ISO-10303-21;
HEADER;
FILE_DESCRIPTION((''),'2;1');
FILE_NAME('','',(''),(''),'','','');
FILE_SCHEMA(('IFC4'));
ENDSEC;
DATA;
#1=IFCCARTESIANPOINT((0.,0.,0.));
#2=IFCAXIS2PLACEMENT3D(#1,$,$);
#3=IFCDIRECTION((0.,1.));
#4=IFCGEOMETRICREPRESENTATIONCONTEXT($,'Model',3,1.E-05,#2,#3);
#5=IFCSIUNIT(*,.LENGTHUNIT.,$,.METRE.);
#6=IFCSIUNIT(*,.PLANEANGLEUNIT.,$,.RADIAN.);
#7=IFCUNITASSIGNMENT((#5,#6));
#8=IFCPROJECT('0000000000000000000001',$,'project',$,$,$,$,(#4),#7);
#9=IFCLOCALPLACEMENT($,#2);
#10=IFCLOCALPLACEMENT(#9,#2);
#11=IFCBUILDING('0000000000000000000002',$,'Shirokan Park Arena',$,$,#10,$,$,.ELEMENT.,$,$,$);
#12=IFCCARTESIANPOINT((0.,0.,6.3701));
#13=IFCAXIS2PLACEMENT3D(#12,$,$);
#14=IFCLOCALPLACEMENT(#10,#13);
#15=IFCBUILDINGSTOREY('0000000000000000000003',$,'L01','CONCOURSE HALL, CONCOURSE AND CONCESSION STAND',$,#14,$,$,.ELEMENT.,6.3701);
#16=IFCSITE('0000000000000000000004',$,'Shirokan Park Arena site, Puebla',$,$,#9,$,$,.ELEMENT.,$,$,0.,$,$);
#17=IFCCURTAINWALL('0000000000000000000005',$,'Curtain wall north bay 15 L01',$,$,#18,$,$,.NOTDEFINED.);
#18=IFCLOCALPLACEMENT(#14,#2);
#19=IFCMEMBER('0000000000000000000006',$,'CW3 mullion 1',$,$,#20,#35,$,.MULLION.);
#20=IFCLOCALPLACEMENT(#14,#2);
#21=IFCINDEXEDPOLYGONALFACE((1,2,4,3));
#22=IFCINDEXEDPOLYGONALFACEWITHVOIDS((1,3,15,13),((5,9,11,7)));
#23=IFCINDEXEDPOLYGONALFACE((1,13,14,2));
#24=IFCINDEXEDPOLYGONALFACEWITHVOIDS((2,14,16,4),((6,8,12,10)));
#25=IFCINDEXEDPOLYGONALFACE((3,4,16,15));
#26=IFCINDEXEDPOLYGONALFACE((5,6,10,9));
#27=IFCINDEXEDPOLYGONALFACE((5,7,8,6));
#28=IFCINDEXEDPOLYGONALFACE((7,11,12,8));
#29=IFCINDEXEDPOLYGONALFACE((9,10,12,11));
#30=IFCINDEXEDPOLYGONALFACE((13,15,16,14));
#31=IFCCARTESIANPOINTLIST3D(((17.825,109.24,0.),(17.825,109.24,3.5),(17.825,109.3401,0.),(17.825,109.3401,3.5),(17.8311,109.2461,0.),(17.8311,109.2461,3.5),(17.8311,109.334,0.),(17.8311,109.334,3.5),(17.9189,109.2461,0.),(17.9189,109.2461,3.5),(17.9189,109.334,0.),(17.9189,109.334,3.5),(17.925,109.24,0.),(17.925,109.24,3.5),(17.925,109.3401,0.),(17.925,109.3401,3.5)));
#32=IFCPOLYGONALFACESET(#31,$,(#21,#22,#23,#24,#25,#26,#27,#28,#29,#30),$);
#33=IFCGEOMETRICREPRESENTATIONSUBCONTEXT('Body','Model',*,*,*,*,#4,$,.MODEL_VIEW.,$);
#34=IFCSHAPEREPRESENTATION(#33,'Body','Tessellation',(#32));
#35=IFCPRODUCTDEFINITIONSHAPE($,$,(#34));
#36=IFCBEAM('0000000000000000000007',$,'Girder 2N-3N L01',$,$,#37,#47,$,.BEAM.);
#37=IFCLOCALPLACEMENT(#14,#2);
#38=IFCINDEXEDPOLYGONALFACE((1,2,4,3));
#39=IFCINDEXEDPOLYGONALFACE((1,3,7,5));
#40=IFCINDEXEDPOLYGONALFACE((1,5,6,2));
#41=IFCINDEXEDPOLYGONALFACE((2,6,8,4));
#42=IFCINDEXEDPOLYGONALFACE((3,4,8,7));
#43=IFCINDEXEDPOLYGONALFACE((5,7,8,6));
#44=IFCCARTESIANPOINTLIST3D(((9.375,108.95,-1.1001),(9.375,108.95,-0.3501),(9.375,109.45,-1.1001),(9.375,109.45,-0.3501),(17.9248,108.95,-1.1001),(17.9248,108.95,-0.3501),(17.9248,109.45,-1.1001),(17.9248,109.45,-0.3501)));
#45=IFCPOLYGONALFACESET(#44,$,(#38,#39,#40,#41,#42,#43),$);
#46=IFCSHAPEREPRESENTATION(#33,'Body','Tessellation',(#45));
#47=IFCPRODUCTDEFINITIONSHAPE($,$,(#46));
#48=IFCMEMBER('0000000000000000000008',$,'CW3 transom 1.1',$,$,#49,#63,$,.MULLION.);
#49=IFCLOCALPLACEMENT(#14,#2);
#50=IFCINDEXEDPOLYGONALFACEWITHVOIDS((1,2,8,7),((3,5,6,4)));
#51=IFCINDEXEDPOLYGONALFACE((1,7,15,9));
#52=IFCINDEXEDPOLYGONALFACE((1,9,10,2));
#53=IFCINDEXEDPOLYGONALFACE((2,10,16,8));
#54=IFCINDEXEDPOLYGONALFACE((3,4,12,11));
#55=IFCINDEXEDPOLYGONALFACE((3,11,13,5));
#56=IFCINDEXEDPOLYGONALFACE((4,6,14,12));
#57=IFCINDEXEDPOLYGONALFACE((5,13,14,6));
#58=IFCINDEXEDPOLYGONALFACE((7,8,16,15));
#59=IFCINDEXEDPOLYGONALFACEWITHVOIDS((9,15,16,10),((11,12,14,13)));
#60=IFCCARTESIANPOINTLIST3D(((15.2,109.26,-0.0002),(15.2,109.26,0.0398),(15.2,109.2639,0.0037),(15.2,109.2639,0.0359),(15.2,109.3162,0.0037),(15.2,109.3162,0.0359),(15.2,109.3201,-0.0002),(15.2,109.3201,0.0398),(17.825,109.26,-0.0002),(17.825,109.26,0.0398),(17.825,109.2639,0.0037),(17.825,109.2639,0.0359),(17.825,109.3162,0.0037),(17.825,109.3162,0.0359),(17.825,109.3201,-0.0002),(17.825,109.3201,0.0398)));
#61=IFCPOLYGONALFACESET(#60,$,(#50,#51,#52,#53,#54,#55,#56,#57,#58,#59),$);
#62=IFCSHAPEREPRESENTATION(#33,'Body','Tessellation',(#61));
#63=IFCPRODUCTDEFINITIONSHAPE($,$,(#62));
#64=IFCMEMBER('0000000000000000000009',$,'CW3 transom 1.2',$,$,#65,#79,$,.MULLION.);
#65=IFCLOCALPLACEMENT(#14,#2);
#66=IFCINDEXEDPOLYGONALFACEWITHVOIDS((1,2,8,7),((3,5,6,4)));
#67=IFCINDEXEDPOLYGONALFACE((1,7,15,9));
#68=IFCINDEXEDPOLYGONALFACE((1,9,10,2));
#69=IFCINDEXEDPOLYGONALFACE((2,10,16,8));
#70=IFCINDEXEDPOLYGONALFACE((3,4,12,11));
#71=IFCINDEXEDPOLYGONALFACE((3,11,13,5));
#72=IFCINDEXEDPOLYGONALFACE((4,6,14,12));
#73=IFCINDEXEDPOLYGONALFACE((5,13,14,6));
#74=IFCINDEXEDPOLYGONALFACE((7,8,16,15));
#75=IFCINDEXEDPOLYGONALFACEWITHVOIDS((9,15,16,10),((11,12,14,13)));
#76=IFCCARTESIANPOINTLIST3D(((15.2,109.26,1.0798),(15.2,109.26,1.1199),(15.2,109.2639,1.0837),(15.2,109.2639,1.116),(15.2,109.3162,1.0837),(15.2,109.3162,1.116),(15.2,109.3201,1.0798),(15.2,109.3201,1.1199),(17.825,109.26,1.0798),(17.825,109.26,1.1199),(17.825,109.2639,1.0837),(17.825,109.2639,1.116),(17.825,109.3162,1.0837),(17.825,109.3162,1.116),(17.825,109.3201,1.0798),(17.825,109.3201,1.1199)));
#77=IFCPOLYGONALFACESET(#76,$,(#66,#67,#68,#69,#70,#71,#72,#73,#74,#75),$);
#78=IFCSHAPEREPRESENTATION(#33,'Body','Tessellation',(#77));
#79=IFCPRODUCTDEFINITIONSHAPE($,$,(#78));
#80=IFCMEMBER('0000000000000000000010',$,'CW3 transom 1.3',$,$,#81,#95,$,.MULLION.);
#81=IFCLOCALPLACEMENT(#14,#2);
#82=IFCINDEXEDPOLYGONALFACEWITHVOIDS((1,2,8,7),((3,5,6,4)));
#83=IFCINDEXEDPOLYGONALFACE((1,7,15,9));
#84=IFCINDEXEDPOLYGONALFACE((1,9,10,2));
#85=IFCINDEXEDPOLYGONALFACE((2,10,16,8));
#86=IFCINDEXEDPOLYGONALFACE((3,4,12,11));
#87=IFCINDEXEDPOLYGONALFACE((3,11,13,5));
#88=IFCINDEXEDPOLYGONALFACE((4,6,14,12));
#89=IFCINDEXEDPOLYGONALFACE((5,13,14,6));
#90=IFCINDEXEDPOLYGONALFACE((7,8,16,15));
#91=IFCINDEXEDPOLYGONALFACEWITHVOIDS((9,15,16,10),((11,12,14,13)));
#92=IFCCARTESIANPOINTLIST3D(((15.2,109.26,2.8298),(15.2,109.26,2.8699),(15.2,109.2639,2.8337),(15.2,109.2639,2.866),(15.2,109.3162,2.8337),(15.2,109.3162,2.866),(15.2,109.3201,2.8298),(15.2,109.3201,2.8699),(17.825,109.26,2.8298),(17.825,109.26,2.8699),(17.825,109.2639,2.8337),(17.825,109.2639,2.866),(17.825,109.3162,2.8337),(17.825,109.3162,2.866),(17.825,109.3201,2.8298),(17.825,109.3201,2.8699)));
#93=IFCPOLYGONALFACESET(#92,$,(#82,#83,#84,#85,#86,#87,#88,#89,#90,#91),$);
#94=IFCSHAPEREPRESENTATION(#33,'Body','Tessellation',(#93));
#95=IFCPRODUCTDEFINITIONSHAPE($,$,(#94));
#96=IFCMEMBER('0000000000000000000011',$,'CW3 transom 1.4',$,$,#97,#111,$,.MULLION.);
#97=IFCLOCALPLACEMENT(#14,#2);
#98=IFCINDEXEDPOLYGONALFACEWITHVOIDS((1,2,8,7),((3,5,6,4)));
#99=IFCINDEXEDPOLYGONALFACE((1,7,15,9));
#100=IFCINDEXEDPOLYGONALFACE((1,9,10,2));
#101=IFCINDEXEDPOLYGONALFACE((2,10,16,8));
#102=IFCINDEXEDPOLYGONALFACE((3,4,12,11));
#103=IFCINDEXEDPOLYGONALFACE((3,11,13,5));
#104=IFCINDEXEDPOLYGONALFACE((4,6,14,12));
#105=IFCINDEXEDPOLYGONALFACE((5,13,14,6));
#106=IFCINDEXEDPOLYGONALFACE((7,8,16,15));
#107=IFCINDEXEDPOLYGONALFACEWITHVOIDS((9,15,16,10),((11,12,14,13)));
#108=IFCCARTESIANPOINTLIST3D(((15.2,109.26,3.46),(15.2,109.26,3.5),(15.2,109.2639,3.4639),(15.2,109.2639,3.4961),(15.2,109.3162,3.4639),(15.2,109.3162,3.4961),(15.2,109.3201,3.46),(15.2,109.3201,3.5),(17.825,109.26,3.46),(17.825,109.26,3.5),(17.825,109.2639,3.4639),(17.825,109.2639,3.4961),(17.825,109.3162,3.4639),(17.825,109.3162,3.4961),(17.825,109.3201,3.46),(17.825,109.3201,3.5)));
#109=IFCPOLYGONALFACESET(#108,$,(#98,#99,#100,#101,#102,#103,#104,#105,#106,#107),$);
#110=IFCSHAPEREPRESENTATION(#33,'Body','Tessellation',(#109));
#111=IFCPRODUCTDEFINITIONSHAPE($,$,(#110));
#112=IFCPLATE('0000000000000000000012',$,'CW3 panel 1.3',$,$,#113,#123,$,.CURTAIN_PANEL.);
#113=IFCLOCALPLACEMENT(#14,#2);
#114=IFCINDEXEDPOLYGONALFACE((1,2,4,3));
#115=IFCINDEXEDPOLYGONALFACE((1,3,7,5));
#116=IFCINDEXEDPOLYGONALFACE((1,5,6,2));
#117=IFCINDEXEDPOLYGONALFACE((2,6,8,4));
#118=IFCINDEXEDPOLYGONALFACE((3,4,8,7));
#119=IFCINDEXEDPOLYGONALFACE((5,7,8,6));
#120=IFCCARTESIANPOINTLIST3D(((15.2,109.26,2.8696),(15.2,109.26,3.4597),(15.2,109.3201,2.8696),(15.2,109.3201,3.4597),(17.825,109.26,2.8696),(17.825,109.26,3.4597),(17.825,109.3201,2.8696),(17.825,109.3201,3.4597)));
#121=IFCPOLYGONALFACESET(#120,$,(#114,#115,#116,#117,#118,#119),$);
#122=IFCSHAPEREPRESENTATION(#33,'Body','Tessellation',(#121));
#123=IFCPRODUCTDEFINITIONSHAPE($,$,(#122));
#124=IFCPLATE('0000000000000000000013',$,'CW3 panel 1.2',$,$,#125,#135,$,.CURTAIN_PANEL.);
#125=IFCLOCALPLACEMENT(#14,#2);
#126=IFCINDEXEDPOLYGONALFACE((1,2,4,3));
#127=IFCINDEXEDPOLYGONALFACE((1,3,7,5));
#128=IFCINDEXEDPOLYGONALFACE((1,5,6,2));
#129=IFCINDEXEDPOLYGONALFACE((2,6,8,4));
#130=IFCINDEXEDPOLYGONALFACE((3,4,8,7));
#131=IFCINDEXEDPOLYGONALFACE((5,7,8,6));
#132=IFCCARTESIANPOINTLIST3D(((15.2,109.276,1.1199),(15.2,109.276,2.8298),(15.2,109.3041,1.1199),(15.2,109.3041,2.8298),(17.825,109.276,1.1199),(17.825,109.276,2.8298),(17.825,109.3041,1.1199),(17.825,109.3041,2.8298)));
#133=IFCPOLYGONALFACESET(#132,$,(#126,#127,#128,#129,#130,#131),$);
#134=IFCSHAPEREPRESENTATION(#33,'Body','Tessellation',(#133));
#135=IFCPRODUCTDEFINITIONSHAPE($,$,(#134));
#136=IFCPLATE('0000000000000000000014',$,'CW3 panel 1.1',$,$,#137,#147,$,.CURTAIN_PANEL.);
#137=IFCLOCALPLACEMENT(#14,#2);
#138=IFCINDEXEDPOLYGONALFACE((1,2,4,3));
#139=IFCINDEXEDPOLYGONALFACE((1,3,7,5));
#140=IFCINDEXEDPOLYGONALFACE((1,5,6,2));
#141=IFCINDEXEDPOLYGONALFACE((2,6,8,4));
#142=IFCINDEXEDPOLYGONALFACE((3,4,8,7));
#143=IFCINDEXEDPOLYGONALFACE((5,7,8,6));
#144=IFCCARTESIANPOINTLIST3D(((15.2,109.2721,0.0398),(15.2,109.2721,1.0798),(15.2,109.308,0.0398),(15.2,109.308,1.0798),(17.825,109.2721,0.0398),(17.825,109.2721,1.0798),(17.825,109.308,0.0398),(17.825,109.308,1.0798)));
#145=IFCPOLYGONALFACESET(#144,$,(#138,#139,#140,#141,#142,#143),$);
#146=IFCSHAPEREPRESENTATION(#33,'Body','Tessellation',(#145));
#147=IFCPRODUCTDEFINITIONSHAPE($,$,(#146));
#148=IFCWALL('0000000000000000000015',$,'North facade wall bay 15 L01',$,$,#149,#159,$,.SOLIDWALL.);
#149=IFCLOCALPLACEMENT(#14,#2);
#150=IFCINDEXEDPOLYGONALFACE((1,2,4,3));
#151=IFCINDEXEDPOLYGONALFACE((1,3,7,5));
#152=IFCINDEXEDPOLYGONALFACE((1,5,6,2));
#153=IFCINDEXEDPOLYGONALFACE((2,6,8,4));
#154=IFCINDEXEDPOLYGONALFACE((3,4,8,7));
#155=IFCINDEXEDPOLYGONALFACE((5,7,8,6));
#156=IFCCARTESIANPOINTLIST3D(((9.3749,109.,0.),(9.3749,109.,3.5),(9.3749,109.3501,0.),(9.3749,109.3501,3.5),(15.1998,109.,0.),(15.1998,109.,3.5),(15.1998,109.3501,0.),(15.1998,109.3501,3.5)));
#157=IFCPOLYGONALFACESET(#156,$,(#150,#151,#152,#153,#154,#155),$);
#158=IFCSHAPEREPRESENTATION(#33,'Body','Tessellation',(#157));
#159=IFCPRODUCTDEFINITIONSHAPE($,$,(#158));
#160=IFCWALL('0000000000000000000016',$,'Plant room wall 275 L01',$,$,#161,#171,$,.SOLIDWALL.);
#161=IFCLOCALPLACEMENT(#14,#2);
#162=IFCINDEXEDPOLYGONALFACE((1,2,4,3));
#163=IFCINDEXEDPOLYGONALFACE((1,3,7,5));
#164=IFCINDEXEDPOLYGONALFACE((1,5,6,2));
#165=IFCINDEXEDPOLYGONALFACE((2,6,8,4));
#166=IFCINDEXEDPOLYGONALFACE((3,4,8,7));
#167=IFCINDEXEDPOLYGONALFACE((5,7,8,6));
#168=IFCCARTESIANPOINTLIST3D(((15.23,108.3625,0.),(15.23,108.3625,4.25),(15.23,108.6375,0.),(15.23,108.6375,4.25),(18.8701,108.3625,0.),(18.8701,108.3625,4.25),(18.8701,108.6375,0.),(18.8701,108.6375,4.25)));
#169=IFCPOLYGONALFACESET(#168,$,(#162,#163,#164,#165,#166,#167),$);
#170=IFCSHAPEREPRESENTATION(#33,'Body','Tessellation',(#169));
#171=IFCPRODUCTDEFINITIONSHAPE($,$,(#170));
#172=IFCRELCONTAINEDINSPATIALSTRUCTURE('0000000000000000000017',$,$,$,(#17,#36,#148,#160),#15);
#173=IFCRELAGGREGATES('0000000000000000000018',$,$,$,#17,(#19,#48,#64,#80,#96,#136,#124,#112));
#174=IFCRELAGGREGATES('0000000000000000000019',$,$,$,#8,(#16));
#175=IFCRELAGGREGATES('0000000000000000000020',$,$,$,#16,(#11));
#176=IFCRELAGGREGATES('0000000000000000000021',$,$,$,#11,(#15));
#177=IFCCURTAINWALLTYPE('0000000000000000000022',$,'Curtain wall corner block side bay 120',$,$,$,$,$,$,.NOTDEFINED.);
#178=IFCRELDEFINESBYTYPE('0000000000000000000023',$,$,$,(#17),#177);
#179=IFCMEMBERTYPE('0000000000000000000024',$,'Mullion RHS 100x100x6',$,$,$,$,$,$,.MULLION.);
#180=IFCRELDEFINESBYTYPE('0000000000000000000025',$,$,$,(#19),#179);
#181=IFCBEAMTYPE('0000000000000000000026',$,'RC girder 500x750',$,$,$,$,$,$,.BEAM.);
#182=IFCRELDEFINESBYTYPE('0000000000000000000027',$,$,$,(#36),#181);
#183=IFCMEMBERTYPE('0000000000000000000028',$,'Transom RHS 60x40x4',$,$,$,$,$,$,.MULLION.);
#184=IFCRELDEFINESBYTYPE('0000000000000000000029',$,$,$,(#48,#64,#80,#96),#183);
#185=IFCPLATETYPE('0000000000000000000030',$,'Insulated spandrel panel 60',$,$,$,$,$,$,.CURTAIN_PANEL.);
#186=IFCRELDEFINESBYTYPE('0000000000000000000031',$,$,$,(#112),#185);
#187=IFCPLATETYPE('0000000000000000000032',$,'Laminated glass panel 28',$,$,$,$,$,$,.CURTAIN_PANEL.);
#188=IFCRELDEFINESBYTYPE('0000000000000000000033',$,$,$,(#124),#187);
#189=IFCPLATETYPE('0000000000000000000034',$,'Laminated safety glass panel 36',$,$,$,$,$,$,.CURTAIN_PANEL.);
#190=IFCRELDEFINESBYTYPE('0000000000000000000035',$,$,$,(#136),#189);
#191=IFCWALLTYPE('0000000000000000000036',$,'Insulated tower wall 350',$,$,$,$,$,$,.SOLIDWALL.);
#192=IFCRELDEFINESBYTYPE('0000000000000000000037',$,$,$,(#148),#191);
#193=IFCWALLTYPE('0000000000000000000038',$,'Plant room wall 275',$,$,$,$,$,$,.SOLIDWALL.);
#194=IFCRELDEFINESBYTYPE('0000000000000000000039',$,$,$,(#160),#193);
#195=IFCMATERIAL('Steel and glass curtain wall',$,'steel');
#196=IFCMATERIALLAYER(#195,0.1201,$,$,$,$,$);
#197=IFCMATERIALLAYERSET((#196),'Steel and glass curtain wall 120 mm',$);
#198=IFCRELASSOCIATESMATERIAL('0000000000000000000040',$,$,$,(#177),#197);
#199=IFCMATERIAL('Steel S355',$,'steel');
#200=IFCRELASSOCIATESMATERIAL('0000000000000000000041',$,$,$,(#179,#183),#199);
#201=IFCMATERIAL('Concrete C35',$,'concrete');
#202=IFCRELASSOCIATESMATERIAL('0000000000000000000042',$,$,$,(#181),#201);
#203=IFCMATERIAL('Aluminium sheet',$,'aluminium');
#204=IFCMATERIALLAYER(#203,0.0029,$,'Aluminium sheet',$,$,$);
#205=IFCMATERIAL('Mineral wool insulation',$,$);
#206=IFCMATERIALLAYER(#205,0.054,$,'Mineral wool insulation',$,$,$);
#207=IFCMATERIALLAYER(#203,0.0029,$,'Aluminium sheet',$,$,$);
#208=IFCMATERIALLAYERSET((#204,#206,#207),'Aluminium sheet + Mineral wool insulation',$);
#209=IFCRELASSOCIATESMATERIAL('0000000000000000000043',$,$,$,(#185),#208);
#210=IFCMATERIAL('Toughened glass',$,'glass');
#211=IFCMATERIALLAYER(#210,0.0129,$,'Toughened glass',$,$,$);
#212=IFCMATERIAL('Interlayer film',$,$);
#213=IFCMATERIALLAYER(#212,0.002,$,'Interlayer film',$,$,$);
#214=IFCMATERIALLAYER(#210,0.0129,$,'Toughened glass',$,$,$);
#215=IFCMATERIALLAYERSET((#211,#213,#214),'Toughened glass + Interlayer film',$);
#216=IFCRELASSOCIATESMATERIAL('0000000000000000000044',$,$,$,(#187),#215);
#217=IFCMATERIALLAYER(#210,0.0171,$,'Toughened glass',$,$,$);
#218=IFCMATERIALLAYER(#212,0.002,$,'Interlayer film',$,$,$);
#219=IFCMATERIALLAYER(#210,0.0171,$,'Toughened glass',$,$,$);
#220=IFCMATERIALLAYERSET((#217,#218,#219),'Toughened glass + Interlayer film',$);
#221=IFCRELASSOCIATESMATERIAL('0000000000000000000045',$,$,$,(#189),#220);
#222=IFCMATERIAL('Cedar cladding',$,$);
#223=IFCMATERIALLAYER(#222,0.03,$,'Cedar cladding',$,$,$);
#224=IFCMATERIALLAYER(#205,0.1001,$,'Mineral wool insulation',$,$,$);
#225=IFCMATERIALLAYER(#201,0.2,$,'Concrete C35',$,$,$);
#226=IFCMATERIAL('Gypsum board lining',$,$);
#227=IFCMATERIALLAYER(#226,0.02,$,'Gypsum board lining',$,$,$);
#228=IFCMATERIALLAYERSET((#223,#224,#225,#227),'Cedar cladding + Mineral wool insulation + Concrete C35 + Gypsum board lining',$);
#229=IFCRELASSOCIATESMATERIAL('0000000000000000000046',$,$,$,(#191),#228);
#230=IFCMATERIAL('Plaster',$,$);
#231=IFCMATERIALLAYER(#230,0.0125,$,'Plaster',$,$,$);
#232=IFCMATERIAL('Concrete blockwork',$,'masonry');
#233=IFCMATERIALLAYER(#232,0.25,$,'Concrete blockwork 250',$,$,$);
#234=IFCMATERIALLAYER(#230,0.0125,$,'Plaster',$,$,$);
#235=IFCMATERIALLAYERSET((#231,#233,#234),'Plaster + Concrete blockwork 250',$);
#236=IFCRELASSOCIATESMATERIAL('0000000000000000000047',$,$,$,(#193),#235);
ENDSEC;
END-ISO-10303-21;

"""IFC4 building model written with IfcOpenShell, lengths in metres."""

from ifc_helpers import new_model, si_unit, direction, frame, frame_2d, origin, origin_2d, place, context, subcontext, project, spatial, rectangle, hollow_rectangle, extrude, material, layer, layer_set, material_profile, profile_set, type_object, element, aggregate, save


model = new_model("IFC4")

# Units and contexts
model_context = context("Model", 3, precision=1e-05, world=origin(), true_north=direction((0.0, 1.0)))
body_context = subcontext(model_context, "Body", "Model", "MODEL_VIEW")
ifc_project = project(units=[si_unit("LENGTHUNIT", "METRE"), si_unit("PLANEANGLEUNIT", "RADIAN")], contexts=[model_context])

# Site, building, storey
site_placement = place(None, origin())
site = spatial("IfcSite", under=ifc_project, at=site_placement, Name="Shirokan Park Arena site, Puebla", CompositionType="ELEMENT", RefElevation=0.0)
building_placement = place(site_placement, origin())
building = spatial("IfcBuilding", under=site, at=building_placement, Name="Shirokan Park Arena", CompositionType="ELEMENT")
storey_placement = place(building_placement, frame((0.0, 0.0, 6.3701)))
storey = spatial("IfcBuildingStorey", under=building, at=storey_placement, Name="L01", Description="CONCOURSE HALL, CONCOURSE AND CONCESSION STAND", CompositionType="ELEMENT", Elevation=6.3701)

# Curtain wall, member
ifc_material_1 = material(Name="Steel and glass curtain wall", Category="steel")
ifc_layer_1 = layer(ifc_material_1, 0.1201)
ifc_layer_set_1 = layer_set([ifc_layer_1], Name="Steel and glass curtain wall 120 mm")
curtain_wall_type = type_object("IfcCurtainWallType", Name="Curtain wall corner block side bay 120", PredefinedType="NOTDEFINED", material=ifc_layer_set_1)
curtain_wall_placement = place(storey_placement, origin())
curtain_wall = element("IfcCurtainWall", 1, at=curtain_wall_placement, inside=storey, type_object=curtain_wall_type, Name="Curtain wall north bay 15 L01", PredefinedType="NOTDEFINED")
ifc_material_2 = material(Name="Steel S355", Category="steel")
ifc_material_profile_1 = material_profile(ifc_material_2, hollow_rectangle(XDim=0.1001, YDim=0.1001, WallThickness=0.0061, at=origin_2d()), Name="RHS 100x100x6")
ifc_profile_set_1 = profile_set([ifc_material_profile_1], Name="Steel S355")
member_type_1 = type_object("IfcMemberType", Name="Mullion RHS 100x100x6", PredefinedType="MULLION", material=ifc_profile_set_1)
member_1_placement = place(storey_placement, frame((17.875, 109.29, 0.0), z_axis=(0.0, 0.0, 1.0), x_axis=(0.0, -1.0, 0.0)))
member_1 = element("IfcMember", 2, at=member_1_placement, type_object=member_type_1, Name="CW3 mullion 1", PredefinedType="MULLION", context=body_context, shape_type="SweptSolid", body=[
    extrude(hollow_rectangle(XDim=0.1001, YDim=0.1001, WallThickness=0.0061, at=origin_2d()), origin(), (0.0, 0.0, 1.0), 3.5),
])

# Beam
ifc_material_3 = material(Name="Concrete C35", Category="concrete")
ifc_material_profile_2 = material_profile(ifc_material_3, rectangle(XDim=0.5, YDim=0.75, at=origin_2d()), Name="500x750")
ifc_profile_set_2 = profile_set([ifc_material_profile_2], Name="Concrete C35")
beam_type = type_object("IfcBeamType", Name="RC girder 500x750", PredefinedType="BEAM", material=ifc_profile_set_2)
beam_placement = place(storey_placement, frame((9.375, 109.2, -0.7251), z_axis=(1.0, 0.0, 0.0), x_axis=(0.0, 1.0, 0.0)))
element("IfcBeam", 3, at=beam_placement, inside=storey, type_object=beam_type, Name="Girder 2N-3N L01", PredefinedType="BEAM", context=body_context, shape_type="SweptSolid", body=[
    extrude(rectangle(XDim=0.5, YDim=0.75, at=origin_2d()), origin(), (0.0, 0.0, 1.0), 8.5498),
])

# Members
ifc_material_profile_3 = material_profile(ifc_material_2, hollow_rectangle(XDim=0.0601, YDim=0.04, WallThickness=0.0039, at=origin_2d()), Name="RHS 60x40x4")
ifc_profile_set_3 = profile_set([ifc_material_profile_3], Name="Steel S355")
member_type_2 = type_object("IfcMemberType", Name="Transom RHS 60x40x4", PredefinedType="MULLION", material=ifc_profile_set_3)
member_2_placement = place(storey_placement, frame((17.825, 109.29, 0.0198), z_axis=(-1.0, 0.0, 0.0), x_axis=(0.0, -1.0, 0.0)))
member_2 = element("IfcMember", 4, at=member_2_placement, type_object=member_type_2, Name="CW3 transom 1.1", PredefinedType="MULLION", context=body_context, shape_type="SweptSolid", body=[
    extrude(hollow_rectangle(XDim=0.0601, YDim=0.04, WallThickness=0.0039, at=origin_2d()), origin(), (0.0, 0.0, 1.0), 2.625),
])
member_3_placement = place(storey_placement, frame((17.825, 109.29, 1.0999), z_axis=(-1.0, 0.0, 0.0), x_axis=(0.0, -1.0, 0.0)))
member_3 = element("IfcMember", 5, at=member_3_placement, type_object=member_type_2, Name="CW3 transom 1.2", PredefinedType="MULLION", context=body_context, shape_type="SweptSolid", body=[
    extrude(hollow_rectangle(XDim=0.0601, YDim=0.04, WallThickness=0.0039, at=origin_2d()), origin(), (0.0, 0.0, 1.0), 2.625),
])
member_4_placement = place(storey_placement, frame((17.825, 109.29, 2.8499), z_axis=(-1.0, 0.0, 0.0), x_axis=(0.0, -1.0, 0.0)))
member_4 = element("IfcMember", 6, at=member_4_placement, type_object=member_type_2, Name="CW3 transom 1.3", PredefinedType="MULLION", context=body_context, shape_type="SweptSolid", body=[
    extrude(hollow_rectangle(XDim=0.0601, YDim=0.04, WallThickness=0.0039, at=origin_2d()), origin(), (0.0, 0.0, 1.0), 2.625),
])
member_5_placement = place(storey_placement, frame((17.825, 109.29, 3.48), z_axis=(-1.0, 0.0, 0.0), x_axis=(0.0, -1.0, 0.0)))
member_5 = element("IfcMember", 7, at=member_5_placement, type_object=member_type_2, Name="CW3 transom 1.4", PredefinedType="MULLION", context=body_context, shape_type="SweptSolid", body=[
    extrude(hollow_rectangle(XDim=0.0601, YDim=0.04, WallThickness=0.0039, at=origin_2d()), origin(), (0.0, 0.0, 1.0), 2.625),
])

# Plates
ifc_material_4 = material(Name="Aluminium sheet", Category="aluminium")
ifc_layer_2 = layer(ifc_material_4, 0.0029, Name="Aluminium sheet")
ifc_material_5 = material(Name="Mineral wool insulation")
ifc_layer_3 = layer(ifc_material_5, 0.054, Name="Mineral wool insulation")
ifc_layer_4 = layer(ifc_material_4, 0.0029, Name="Aluminium sheet")
ifc_layer_set_2 = layer_set([ifc_layer_2, ifc_layer_3, ifc_layer_4], Name="Aluminium sheet + Mineral wool insulation")
plate_type_1 = type_object("IfcPlateType", Name="Insulated spandrel panel 60", PredefinedType="CURTAIN_PANEL", material=ifc_layer_set_2)
plate_1_placement = place(storey_placement, frame((16.5125, 109.29, 2.8696), z_axis=(0.0, 0.0, 1.0), x_axis=(-1.0, 0.0, 0.0)))
plate_1 = element("IfcPlate", 8, at=plate_1_placement, type_object=plate_type_1, Name="CW3 panel 1.3", PredefinedType="CURTAIN_PANEL", context=body_context, shape_type="SweptSolid", body=[
    extrude(rectangle(XDim=2.625, YDim=0.0601, at=origin_2d()), origin(), (0.0, 0.0, 1.0), 0.5901),
])
ifc_material_6 = material(Name="Toughened glass", Category="glass")
ifc_layer_5 = layer(ifc_material_6, 0.0129, Name="Toughened glass")
ifc_material_7 = material(Name="Interlayer film")
ifc_layer_6 = layer(ifc_material_7, 0.002, Name="Interlayer film")
ifc_layer_7 = layer(ifc_material_6, 0.0129, Name="Toughened glass")
ifc_layer_set_3 = layer_set([ifc_layer_5, ifc_layer_6, ifc_layer_7], Name="Toughened glass + Interlayer film")
plate_type_2 = type_object("IfcPlateType", Name="Laminated glass panel 28", PredefinedType="CURTAIN_PANEL", material=ifc_layer_set_3)
plate_2_placement = place(storey_placement, frame((16.5125, 109.29, 1.1199), z_axis=(0.0, 0.0, 1.0), x_axis=(-1.0, 0.0, 0.0)))
plate_2 = element("IfcPlate", 9, at=plate_2_placement, type_object=plate_type_2, Name="CW3 panel 1.2", PredefinedType="CURTAIN_PANEL", context=body_context, shape_type="SweptSolid", body=[
    extrude(rectangle(XDim=2.625, YDim=0.0281, at=origin_2d()), origin(), (0.0, 0.0, 1.0), 1.71),
])
ifc_layer_8 = layer(ifc_material_6, 0.0171, Name="Toughened glass")
ifc_layer_9 = layer(ifc_material_7, 0.002, Name="Interlayer film")
ifc_layer_10 = layer(ifc_material_6, 0.0171, Name="Toughened glass")
ifc_layer_set_4 = layer_set([ifc_layer_8, ifc_layer_9, ifc_layer_10], Name="Toughened glass + Interlayer film")
plate_type_3 = type_object("IfcPlateType", Name="Laminated safety glass panel 36", PredefinedType="CURTAIN_PANEL", material=ifc_layer_set_4)
plate_3_placement = place(storey_placement, frame((16.5125, 109.29, 0.0398), z_axis=(0.0, 0.0, 1.0), x_axis=(-1.0, 0.0, 0.0)))
plate_3 = element("IfcPlate", 10, at=plate_3_placement, type_object=plate_type_3, Name="CW3 panel 1.1", PredefinedType="CURTAIN_PANEL", context=body_context, shape_type="SweptSolid", body=[
    extrude(rectangle(XDim=2.625, YDim=0.0359, at=origin_2d()), origin(), (0.0, 0.0, 1.0), 1.04),
])
aggregate(curtain_wall, [member_1, member_2, member_3, member_4, member_5, plate_3, plate_2, plate_1])

# Walls
ifc_material_8 = material(Name="Cedar cladding")
ifc_layer_11 = layer(ifc_material_8, 0.03, Name="Cedar cladding")
ifc_layer_12 = layer(ifc_material_5, 0.1001, Name="Mineral wool insulation")
ifc_layer_13 = layer(ifc_material_3, 0.2, Name="Concrete C35")
ifc_material_9 = material(Name="Gypsum board lining")
ifc_layer_14 = layer(ifc_material_9, 0.02, Name="Gypsum board lining")
ifc_layer_set_5 = layer_set([ifc_layer_11, ifc_layer_12, ifc_layer_13, ifc_layer_14], Name="Cedar cladding + Mineral wool insulation + Concrete C35 + Gypsum board lining")
wall_type_1 = type_object("IfcWallType", Name="Insulated tower wall 350", PredefinedType="SOLIDWALL", material=ifc_layer_set_5)
wall_1_placement = place(storey_placement, frame((15.2, 109.175, 0.0), z_axis=(0.0, 0.0, 1.0), x_axis=(-1.0, 0.0, 0.0)))
element("IfcWall", 11, at=wall_1_placement, inside=storey, type_object=wall_type_1, Name="North facade wall bay 15 L01", PredefinedType="SOLIDWALL", context=body_context, shape_type="SweptSolid", body=[
    extrude(rectangle(XDim=5.825, YDim=0.3501, at=frame_2d((2.9126, 0.0))), origin(), (0.0, 0.0, 1.0), 3.5),
])
ifc_material_10 = material(Name="Plaster")
ifc_layer_15 = layer(ifc_material_10, 0.0125, Name="Plaster")
ifc_material_11 = material(Name="Concrete blockwork", Category="masonry")
ifc_layer_16 = layer(ifc_material_11, 0.25, Name="Concrete blockwork 250")
ifc_layer_17 = layer(ifc_material_10, 0.0125, Name="Plaster")
ifc_layer_set_6 = layer_set([ifc_layer_15, ifc_layer_16, ifc_layer_17], Name="Plaster + Concrete blockwork 250")
wall_type_2 = type_object("IfcWallType", Name="Plant room wall 275", PredefinedType="SOLIDWALL", material=ifc_layer_set_6)
wall_2_placement = place(storey_placement, frame((15.23, 108.5, 0.0), z_axis=(0.0, 0.0, 1.0), x_axis=(1.0, 0.0, 0.0)))
element("IfcWall", 12, at=wall_2_placement, inside=storey, type_object=wall_type_2, Name="Plant room wall 275 L01", PredefinedType="SOLIDWALL", context=body_context, shape_type="SweptSolid", body=[
    extrude(rectangle(XDim=3.6401, YDim=0.2749, at=frame_2d((1.8201, 0.0))), origin(), (0.0, 0.0, 1.0), 4.25),
])

save(model, "model.ifc")
